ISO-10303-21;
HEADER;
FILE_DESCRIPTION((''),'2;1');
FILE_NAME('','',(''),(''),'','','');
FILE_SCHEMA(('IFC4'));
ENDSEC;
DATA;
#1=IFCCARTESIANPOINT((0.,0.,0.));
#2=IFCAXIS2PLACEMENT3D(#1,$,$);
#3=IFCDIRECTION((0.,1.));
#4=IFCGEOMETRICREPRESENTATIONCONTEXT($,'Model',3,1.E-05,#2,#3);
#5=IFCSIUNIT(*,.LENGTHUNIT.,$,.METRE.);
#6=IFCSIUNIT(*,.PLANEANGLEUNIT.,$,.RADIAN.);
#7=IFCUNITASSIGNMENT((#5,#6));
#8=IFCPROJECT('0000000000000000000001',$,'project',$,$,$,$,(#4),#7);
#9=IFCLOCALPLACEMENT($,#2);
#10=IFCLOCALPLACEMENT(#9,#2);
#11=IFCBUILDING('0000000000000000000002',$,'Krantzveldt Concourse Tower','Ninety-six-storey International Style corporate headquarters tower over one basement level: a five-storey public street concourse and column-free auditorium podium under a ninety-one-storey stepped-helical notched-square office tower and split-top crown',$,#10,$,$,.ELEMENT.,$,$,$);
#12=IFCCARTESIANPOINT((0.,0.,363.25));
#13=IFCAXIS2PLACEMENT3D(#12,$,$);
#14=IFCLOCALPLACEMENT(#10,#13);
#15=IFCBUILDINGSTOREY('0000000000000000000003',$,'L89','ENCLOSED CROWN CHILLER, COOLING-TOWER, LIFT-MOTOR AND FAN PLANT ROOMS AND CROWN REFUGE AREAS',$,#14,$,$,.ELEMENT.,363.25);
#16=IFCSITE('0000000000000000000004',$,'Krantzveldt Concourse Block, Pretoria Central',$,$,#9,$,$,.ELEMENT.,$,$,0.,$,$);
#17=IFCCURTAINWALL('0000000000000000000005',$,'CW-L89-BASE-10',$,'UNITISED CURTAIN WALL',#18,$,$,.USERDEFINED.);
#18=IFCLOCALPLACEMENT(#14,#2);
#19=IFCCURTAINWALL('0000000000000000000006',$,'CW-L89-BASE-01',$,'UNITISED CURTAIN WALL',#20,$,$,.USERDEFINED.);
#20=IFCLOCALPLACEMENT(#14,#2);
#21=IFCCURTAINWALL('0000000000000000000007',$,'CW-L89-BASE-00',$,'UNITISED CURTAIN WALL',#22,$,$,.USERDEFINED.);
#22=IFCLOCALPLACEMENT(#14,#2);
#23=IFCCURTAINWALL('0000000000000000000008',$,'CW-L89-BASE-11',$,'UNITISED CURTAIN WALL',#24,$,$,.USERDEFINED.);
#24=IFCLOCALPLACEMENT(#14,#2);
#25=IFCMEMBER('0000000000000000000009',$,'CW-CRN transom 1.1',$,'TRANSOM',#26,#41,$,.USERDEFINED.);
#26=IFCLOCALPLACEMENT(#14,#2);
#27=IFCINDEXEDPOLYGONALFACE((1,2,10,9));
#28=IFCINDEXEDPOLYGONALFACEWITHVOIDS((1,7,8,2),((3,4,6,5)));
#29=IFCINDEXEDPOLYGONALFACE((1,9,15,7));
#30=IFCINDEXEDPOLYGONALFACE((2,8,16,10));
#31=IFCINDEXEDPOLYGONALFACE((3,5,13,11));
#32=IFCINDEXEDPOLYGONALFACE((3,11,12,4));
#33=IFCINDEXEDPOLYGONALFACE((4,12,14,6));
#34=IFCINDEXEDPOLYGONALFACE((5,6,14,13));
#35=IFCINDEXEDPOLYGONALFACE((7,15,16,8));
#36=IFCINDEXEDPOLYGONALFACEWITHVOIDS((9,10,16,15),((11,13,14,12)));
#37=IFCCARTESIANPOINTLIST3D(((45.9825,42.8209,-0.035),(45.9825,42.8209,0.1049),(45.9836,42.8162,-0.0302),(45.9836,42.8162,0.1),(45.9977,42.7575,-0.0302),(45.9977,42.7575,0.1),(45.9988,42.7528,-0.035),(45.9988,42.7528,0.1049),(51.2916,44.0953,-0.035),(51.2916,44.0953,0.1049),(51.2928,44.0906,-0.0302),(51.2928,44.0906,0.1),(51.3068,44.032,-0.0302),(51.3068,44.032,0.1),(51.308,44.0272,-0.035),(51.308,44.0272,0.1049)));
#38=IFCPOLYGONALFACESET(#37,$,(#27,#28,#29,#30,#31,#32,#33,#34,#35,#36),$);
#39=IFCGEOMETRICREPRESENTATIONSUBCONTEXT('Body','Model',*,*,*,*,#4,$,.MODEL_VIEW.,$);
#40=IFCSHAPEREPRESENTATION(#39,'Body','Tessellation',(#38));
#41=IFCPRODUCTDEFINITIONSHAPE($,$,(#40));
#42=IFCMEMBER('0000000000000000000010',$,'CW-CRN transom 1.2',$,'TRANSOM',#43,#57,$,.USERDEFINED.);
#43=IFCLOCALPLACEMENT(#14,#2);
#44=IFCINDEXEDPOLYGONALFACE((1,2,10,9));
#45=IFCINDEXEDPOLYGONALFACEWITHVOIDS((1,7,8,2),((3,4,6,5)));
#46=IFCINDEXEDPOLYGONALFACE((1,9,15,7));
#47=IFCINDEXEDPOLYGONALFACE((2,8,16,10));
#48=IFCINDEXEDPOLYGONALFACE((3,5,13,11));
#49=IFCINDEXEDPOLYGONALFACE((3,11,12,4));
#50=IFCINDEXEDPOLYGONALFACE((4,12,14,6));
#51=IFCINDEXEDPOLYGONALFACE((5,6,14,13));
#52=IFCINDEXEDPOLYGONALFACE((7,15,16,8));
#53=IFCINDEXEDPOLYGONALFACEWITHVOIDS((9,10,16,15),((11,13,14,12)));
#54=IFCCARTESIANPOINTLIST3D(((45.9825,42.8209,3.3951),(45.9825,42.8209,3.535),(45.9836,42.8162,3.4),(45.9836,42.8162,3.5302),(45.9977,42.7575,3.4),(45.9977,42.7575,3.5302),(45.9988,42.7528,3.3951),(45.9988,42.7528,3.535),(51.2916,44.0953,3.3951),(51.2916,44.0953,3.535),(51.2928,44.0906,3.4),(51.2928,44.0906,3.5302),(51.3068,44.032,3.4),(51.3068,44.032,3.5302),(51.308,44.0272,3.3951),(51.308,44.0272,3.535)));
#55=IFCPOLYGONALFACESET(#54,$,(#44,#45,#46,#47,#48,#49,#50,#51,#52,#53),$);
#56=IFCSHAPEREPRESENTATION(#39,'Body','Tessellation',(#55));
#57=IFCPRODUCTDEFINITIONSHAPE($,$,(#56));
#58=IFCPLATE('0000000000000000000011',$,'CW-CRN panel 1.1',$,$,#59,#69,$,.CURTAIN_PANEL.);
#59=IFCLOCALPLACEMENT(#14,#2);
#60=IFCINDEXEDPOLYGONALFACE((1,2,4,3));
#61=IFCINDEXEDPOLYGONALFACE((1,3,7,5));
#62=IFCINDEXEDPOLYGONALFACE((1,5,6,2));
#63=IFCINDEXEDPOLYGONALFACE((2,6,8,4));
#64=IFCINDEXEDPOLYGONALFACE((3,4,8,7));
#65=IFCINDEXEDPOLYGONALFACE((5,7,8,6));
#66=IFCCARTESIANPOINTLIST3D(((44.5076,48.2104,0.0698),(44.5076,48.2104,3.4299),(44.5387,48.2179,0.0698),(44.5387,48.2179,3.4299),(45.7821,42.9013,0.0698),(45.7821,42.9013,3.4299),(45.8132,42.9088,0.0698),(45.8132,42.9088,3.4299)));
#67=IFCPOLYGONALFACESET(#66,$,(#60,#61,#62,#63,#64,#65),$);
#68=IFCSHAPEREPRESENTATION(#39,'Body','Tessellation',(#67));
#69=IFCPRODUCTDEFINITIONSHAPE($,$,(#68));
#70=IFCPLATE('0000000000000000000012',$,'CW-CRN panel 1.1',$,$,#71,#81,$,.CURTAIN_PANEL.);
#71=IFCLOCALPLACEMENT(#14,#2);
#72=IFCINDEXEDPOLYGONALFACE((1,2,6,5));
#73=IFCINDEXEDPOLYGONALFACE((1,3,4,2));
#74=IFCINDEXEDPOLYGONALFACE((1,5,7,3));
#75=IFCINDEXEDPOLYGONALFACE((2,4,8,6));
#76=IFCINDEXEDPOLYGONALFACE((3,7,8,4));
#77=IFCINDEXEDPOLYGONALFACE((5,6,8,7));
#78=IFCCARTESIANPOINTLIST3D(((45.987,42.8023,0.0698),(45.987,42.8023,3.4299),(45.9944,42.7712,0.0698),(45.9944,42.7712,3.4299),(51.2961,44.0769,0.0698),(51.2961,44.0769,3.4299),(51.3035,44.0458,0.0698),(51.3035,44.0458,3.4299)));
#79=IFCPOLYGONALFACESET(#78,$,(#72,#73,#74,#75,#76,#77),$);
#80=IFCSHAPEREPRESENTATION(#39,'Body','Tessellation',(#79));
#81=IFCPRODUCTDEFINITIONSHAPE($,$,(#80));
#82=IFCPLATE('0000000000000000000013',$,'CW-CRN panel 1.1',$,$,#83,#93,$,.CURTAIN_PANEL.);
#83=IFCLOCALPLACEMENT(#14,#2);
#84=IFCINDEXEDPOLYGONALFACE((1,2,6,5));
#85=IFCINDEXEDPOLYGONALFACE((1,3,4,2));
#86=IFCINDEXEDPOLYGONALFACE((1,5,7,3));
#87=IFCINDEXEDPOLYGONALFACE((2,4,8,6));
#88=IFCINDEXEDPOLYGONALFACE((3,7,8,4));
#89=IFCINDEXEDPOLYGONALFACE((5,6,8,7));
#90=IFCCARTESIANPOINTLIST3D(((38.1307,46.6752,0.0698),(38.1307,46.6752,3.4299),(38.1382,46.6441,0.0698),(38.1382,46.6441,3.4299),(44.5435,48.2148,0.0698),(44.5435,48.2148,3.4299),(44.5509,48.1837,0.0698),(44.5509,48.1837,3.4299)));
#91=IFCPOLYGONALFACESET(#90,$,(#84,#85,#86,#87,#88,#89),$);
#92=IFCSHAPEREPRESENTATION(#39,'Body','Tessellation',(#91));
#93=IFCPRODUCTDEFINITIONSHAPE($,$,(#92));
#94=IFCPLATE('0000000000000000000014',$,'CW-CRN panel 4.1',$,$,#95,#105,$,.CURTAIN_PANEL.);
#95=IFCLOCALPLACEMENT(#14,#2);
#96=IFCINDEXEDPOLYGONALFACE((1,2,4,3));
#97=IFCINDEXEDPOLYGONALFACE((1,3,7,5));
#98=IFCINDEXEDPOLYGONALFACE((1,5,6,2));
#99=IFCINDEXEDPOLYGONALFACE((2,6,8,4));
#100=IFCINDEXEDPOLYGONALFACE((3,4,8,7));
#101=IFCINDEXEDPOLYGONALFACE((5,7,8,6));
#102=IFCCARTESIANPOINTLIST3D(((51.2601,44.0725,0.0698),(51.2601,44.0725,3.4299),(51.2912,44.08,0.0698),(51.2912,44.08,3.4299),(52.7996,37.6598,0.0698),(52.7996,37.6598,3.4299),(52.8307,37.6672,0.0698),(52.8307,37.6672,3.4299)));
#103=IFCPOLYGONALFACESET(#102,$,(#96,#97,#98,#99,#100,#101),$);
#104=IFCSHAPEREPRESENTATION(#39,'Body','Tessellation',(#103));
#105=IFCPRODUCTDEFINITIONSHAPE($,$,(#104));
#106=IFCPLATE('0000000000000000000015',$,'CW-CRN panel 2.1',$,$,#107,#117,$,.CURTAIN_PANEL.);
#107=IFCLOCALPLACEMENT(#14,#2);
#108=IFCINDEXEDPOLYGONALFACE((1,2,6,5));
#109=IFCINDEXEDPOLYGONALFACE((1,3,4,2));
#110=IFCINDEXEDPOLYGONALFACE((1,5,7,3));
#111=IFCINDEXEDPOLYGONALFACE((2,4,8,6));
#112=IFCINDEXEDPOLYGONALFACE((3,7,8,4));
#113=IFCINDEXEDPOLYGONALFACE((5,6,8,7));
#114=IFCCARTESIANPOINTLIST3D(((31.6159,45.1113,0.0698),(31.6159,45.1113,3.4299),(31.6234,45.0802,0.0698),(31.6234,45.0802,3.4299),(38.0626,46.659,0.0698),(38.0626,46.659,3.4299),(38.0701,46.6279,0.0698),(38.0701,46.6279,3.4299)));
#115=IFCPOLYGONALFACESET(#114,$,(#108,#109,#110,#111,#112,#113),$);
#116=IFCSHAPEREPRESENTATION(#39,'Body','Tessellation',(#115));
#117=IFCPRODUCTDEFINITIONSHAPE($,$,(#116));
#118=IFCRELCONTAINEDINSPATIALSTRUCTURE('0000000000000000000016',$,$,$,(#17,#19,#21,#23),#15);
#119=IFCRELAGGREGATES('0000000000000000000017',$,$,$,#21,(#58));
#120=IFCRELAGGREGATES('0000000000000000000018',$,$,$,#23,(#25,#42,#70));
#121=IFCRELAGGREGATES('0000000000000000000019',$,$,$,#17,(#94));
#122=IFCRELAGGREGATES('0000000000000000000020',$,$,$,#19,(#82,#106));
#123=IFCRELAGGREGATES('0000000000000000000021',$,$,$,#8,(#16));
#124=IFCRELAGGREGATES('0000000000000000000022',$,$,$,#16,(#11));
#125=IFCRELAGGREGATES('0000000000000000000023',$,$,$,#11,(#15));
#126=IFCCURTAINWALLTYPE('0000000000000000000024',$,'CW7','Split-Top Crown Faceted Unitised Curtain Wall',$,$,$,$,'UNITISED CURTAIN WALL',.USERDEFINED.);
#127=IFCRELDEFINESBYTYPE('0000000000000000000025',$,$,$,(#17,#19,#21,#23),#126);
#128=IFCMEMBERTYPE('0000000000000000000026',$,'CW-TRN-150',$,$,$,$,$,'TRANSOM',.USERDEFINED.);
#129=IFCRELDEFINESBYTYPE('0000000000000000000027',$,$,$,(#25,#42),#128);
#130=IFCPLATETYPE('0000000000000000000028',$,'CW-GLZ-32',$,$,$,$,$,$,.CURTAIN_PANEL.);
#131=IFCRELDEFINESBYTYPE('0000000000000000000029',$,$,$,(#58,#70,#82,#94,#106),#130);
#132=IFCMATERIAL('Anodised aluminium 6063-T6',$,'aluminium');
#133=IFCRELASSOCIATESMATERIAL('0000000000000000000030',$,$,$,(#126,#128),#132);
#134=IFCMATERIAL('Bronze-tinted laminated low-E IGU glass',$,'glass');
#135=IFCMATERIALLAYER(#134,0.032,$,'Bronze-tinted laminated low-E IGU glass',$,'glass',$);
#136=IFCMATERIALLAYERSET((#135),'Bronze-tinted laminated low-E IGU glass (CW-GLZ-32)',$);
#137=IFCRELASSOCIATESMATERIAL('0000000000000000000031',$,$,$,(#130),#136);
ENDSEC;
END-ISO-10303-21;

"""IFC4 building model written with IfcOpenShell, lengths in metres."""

from ifc_helpers import new_model, si_unit, direction, frame, origin, origin_2d, place, context, subcontext, project, spatial, rectangle, hollow_rectangle, extrude, source, transform, mapped, material, layer, layer_set, material_profile, profile_set, type_object, type_shapes, element, aggregate, save


model = new_model("IFC4")

# Units and contexts
model_context = context("Model", 3, precision=1e-05, world=origin(), true_north=direction((0.0, 1.0)))
body_context = subcontext(model_context, "Body", "Model", "MODEL_VIEW")
ifc_project = project(units=[si_unit("LENGTHUNIT", "METRE"), si_unit("PLANEANGLEUNIT", "RADIAN")], contexts=[model_context])

# Site, building, storey
site_placement = place(None, origin())
site = spatial("IfcSite", under=ifc_project, at=site_placement, Name="Krantzveldt Concourse Block, Pretoria Central", CompositionType="ELEMENT", RefElevation=0.0)
building_placement = place(site_placement, origin())
building = spatial("IfcBuilding", under=site, at=building_placement, Name="Krantzveldt Concourse Tower", Description="Ninety-six-storey International Style corporate headquarters tower over one basement level: a five-storey public street concourse and column-free auditorium podium under a ninety-one-storey stepped-helical notched-square office tower and split-top crown", CompositionType="ELEMENT")
storey_placement = place(building_placement, frame((0.0, 0.0, 363.25)))
storey = spatial("IfcBuildingStorey", under=building, at=storey_placement, Name="L89", Description="ENCLOSED CROWN CHILLER, COOLING-TOWER, LIFT-MOTOR AND FAN PLANT ROOMS AND CROWN REFUGE AREAS", CompositionType="ELEMENT", Elevation=363.25)

# Curtain walls
ifc_material_1 = material(Name="Anodised aluminium 6063-T6", Category="aluminium")
curtain_wall_type = type_object("IfcCurtainWallType", Name="CW7", Description="Split-Top Crown Faceted Unitised Curtain Wall", ElementType="UNITISED CURTAIN WALL", PredefinedType="USERDEFINED", material=ifc_material_1)
curtain_wall_1_placement = place(storey_placement, origin())
curtain_wall_1 = element("IfcCurtainWall", 1, at=curtain_wall_1_placement, inside=storey, type_object=curtain_wall_type, Name="CW-L89-BASE-10", ObjectType="UNITISED CURTAIN WALL", PredefinedType="USERDEFINED")
ifc_material_profile_1 = material_profile(ifc_material_1, hollow_rectangle(XDim=0.0701, YDim=0.1399, WallThickness=0.0049, at=origin_2d()), Name="Anodised aluminium 6063-T6", Category="aluminium")
ifc_profile_set_1 = profile_set([ifc_material_profile_1], Name="Anodised aluminium 6063-T6 - ALU-TRAN 140x70x5")
member_type_1 = type_object("IfcMemberType", Name="CW-TRN-150", ElementType="TRANSOM", PredefinedType="USERDEFINED", material=ifc_profile_set_1)
curtain_wall_2_placement = place(storey_placement, origin())
curtain_wall_2 = element("IfcCurtainWall", 2, at=curtain_wall_2_placement, inside=storey, type_object=curtain_wall_type, Name="CW-L89-BASE-01", ObjectType="UNITISED CURTAIN WALL", PredefinedType="USERDEFINED")
curtain_wall_3_placement = place(storey_placement, origin())
curtain_wall_3 = element("IfcCurtainWall", 3, at=curtain_wall_3_placement, inside=storey, type_object=curtain_wall_type, Name="CW-L89-BASE-00", ObjectType="UNITISED CURTAIN WALL", PredefinedType="USERDEFINED")

# Curtain wall
curtain_wall_4_placement = place(storey_placement, origin())
curtain_wall_4 = element("IfcCurtainWall", 4, at=curtain_wall_4_placement, inside=storey, type_object=curtain_wall_type, Name="CW-L89-BASE-11", ObjectType="UNITISED CURTAIN WALL", PredefinedType="USERDEFINED")

# Members
shared_shape_1 = source(origin(), body_context, "Body", "SweptSolid", [
    extrude(hollow_rectangle(XDim=0.0701, YDim=0.1399, WallThickness=0.0049, at=origin_2d()), origin(), (0.0, 0.0, 1.0), 5.46),
])
member_1_placement = place(storey_placement, frame((51.2998, 44.0613, 0.0349), z_axis=(-0.972378, -0.233414, 0.0), x_axis=(0.233414, -0.972378, 0.0)))
member_1 = element("IfcMember", 5, at=member_1_placement, type_object=member_type_1, Name="CW-CRN transom 1.1", ObjectType="TRANSOM", PredefinedType="USERDEFINED", context=body_context, shape_type="MappedRepresentation", body=[
    mapped(shared_shape_1, transform((0.0, 0.0, 0.0), x_axis=(1.0, 0.0, 0.0), y_axis=(0.0, 1.0, 0.0), z_axis=(0.0, 0.0, 1.0), scale=1.0)),
])
member_2_placement = place(storey_placement, frame((51.2998, 44.0613, 3.4651), z_axis=(-0.972378, -0.233414, 0.0), x_axis=(0.233414, -0.972378, 0.0)))
member_2 = element("IfcMember", 6, at=member_2_placement, type_object=member_type_1, Name="CW-CRN transom 1.2", ObjectType="TRANSOM", PredefinedType="USERDEFINED", context=body_context, shape_type="MappedRepresentation", body=[
    mapped(shared_shape_1, transform((0.0, 0.0, 0.0), x_axis=(1.0, 0.0, 0.0), y_axis=(0.0, 1.0, 0.0), z_axis=(0.0, 0.0, 1.0), scale=1.0)),
])

# Plates
ifc_material_2 = material(Name="Bronze-tinted laminated low-E IGU glass", Category="glass")
ifc_layer = layer(ifc_material_2, 0.032, Name="Bronze-tinted laminated low-E IGU glass", Category="glass")
ifc_layer_set = layer_set([ifc_layer], Name="Bronze-tinted laminated low-E IGU glass (CW-GLZ-32)")
plate_type = type_object("IfcPlateType", Name="CW-GLZ-32", PredefinedType="CURTAIN_PANEL", material=ifc_layer_set)
shared_shape_2 = source(origin(), body_context, "Body", "SweptSolid", [
    extrude(rectangle(XDim=5.46, YDim=0.032, at=origin_2d()), origin(), (0.0, 0.0, 1.0), 3.3601),
])
plate_1_placement = place(storey_placement, frame((45.1604, 45.5596, 0.0698), z_axis=(0.0, 0.0, 1.0), x_axis=(-0.233444, 0.97237, 0.0)))
plate_1 = element("IfcPlate", 7, at=plate_1_placement, type_object=plate_type, Name="CW-CRN panel 1.1", PredefinedType="CURTAIN_PANEL", context=body_context, shape_type="MappedRepresentation", body=[
    mapped(shared_shape_2, transform((0.0, 0.0, 0.0), x_axis=(1.0, 0.0, 0.0), y_axis=(0.0, 1.0, 0.0), z_axis=(0.0, 0.0, 1.0), scale=1.0)),
])
aggregate(curtain_wall_3, [plate_1])
plate_2_placement = place(storey_placement, frame((48.6453, 43.4241, 0.0698), z_axis=(0.0, 0.0, 1.0), x_axis=(-0.97237, -0.233446, 0.0)))
plate_2 = element("IfcPlate", 8, at=plate_2_placement, type_object=plate_type, Name="CW-CRN panel 1.1", PredefinedType="CURTAIN_PANEL", context=body_context, shape_type="MappedRepresentation", body=[
    mapped(shared_shape_2, transform((0.0, 0.0, 0.0), x_axis=(1.0, 0.0, 0.0), y_axis=(0.0, 1.0, 0.0), z_axis=(0.0, 0.0, 1.0), scale=1.0)),
])
aggregate(curtain_wall_4, [member_1, member_2, plate_2])
shared_shape_3 = source(origin(), body_context, "Body", "SweptSolid", [
    extrude(rectangle(XDim=6.595, YDim=0.032, at=origin_2d()), origin(), (0.0, 0.0, 1.0), 3.3601),
])
plate_3_placement = place(storey_placement, frame((41.3408, 47.4294, 0.0698), z_axis=(0.0, 0.0, 1.0), x_axis=(-0.97237, -0.233445, 0.0)))
plate_3 = element("IfcPlate", 9, at=plate_3_placement, type_object=plate_type, Name="CW-CRN panel 1.1", PredefinedType="CURTAIN_PANEL", context=body_context, shape_type="MappedRepresentation", body=[
    mapped(shared_shape_3, transform((0.0, 0.0, 0.0), x_axis=(1.0, 0.0, 0.0), y_axis=(0.0, 1.0, 0.0), z_axis=(0.0, 0.0, 1.0), scale=1.0)),
])
plate_4_placement = place(storey_placement, frame((52.0454, 40.8699, 0.0698), z_axis=(0.0, 0.0, 1.0), x_axis=(-0.233445, 0.97237, 0.0)))
plate_4 = element("IfcPlate", 10, at=plate_4_placement, type_object=plate_type, Name="CW-CRN panel 4.1", PredefinedType="CURTAIN_PANEL", context=body_context, shape_type="MappedRepresentation", body=[
    mapped(shared_shape_3, transform((0.0, 0.0, 0.0), x_axis=(1.0, 0.0, 0.0), y_axis=(0.0, 1.0, 0.0), z_axis=(0.0, 0.0, 1.0), scale=1.0)),
])
aggregate(curtain_wall_1, [plate_4])
shared_shape_4 = source(origin(), body_context, "Body", "SweptSolid", [
    extrude(rectangle(XDim=6.6299, YDim=0.032, at=origin_2d()), origin(), (0.0, 0.0, 1.0), 3.3601),
])
type_shapes(plate_type, [shared_shape_2, shared_shape_3, shared_shape_4])
plate_5_placement = place(storey_placement, frame((34.843, 45.8696, 0.0698), z_axis=(0.0, 0.0, 1.0), x_axis=(-0.97237, -0.233445, 0.0)))
plate_5 = element("IfcPlate", 11, at=plate_5_placement, type_object=plate_type, Name="CW-CRN panel 2.1", PredefinedType="CURTAIN_PANEL", context=body_context, shape_type="MappedRepresentation", body=[
    mapped(shared_shape_4, transform((0.0, 0.0, 0.0), x_axis=(1.0, 0.0, 0.0), y_axis=(0.0, 1.0, 0.0), z_axis=(0.0, 0.0, 1.0), scale=1.0)),
])
aggregate(curtain_wall_2, [plate_3, plate_5])

save(model, "model.ifc")
